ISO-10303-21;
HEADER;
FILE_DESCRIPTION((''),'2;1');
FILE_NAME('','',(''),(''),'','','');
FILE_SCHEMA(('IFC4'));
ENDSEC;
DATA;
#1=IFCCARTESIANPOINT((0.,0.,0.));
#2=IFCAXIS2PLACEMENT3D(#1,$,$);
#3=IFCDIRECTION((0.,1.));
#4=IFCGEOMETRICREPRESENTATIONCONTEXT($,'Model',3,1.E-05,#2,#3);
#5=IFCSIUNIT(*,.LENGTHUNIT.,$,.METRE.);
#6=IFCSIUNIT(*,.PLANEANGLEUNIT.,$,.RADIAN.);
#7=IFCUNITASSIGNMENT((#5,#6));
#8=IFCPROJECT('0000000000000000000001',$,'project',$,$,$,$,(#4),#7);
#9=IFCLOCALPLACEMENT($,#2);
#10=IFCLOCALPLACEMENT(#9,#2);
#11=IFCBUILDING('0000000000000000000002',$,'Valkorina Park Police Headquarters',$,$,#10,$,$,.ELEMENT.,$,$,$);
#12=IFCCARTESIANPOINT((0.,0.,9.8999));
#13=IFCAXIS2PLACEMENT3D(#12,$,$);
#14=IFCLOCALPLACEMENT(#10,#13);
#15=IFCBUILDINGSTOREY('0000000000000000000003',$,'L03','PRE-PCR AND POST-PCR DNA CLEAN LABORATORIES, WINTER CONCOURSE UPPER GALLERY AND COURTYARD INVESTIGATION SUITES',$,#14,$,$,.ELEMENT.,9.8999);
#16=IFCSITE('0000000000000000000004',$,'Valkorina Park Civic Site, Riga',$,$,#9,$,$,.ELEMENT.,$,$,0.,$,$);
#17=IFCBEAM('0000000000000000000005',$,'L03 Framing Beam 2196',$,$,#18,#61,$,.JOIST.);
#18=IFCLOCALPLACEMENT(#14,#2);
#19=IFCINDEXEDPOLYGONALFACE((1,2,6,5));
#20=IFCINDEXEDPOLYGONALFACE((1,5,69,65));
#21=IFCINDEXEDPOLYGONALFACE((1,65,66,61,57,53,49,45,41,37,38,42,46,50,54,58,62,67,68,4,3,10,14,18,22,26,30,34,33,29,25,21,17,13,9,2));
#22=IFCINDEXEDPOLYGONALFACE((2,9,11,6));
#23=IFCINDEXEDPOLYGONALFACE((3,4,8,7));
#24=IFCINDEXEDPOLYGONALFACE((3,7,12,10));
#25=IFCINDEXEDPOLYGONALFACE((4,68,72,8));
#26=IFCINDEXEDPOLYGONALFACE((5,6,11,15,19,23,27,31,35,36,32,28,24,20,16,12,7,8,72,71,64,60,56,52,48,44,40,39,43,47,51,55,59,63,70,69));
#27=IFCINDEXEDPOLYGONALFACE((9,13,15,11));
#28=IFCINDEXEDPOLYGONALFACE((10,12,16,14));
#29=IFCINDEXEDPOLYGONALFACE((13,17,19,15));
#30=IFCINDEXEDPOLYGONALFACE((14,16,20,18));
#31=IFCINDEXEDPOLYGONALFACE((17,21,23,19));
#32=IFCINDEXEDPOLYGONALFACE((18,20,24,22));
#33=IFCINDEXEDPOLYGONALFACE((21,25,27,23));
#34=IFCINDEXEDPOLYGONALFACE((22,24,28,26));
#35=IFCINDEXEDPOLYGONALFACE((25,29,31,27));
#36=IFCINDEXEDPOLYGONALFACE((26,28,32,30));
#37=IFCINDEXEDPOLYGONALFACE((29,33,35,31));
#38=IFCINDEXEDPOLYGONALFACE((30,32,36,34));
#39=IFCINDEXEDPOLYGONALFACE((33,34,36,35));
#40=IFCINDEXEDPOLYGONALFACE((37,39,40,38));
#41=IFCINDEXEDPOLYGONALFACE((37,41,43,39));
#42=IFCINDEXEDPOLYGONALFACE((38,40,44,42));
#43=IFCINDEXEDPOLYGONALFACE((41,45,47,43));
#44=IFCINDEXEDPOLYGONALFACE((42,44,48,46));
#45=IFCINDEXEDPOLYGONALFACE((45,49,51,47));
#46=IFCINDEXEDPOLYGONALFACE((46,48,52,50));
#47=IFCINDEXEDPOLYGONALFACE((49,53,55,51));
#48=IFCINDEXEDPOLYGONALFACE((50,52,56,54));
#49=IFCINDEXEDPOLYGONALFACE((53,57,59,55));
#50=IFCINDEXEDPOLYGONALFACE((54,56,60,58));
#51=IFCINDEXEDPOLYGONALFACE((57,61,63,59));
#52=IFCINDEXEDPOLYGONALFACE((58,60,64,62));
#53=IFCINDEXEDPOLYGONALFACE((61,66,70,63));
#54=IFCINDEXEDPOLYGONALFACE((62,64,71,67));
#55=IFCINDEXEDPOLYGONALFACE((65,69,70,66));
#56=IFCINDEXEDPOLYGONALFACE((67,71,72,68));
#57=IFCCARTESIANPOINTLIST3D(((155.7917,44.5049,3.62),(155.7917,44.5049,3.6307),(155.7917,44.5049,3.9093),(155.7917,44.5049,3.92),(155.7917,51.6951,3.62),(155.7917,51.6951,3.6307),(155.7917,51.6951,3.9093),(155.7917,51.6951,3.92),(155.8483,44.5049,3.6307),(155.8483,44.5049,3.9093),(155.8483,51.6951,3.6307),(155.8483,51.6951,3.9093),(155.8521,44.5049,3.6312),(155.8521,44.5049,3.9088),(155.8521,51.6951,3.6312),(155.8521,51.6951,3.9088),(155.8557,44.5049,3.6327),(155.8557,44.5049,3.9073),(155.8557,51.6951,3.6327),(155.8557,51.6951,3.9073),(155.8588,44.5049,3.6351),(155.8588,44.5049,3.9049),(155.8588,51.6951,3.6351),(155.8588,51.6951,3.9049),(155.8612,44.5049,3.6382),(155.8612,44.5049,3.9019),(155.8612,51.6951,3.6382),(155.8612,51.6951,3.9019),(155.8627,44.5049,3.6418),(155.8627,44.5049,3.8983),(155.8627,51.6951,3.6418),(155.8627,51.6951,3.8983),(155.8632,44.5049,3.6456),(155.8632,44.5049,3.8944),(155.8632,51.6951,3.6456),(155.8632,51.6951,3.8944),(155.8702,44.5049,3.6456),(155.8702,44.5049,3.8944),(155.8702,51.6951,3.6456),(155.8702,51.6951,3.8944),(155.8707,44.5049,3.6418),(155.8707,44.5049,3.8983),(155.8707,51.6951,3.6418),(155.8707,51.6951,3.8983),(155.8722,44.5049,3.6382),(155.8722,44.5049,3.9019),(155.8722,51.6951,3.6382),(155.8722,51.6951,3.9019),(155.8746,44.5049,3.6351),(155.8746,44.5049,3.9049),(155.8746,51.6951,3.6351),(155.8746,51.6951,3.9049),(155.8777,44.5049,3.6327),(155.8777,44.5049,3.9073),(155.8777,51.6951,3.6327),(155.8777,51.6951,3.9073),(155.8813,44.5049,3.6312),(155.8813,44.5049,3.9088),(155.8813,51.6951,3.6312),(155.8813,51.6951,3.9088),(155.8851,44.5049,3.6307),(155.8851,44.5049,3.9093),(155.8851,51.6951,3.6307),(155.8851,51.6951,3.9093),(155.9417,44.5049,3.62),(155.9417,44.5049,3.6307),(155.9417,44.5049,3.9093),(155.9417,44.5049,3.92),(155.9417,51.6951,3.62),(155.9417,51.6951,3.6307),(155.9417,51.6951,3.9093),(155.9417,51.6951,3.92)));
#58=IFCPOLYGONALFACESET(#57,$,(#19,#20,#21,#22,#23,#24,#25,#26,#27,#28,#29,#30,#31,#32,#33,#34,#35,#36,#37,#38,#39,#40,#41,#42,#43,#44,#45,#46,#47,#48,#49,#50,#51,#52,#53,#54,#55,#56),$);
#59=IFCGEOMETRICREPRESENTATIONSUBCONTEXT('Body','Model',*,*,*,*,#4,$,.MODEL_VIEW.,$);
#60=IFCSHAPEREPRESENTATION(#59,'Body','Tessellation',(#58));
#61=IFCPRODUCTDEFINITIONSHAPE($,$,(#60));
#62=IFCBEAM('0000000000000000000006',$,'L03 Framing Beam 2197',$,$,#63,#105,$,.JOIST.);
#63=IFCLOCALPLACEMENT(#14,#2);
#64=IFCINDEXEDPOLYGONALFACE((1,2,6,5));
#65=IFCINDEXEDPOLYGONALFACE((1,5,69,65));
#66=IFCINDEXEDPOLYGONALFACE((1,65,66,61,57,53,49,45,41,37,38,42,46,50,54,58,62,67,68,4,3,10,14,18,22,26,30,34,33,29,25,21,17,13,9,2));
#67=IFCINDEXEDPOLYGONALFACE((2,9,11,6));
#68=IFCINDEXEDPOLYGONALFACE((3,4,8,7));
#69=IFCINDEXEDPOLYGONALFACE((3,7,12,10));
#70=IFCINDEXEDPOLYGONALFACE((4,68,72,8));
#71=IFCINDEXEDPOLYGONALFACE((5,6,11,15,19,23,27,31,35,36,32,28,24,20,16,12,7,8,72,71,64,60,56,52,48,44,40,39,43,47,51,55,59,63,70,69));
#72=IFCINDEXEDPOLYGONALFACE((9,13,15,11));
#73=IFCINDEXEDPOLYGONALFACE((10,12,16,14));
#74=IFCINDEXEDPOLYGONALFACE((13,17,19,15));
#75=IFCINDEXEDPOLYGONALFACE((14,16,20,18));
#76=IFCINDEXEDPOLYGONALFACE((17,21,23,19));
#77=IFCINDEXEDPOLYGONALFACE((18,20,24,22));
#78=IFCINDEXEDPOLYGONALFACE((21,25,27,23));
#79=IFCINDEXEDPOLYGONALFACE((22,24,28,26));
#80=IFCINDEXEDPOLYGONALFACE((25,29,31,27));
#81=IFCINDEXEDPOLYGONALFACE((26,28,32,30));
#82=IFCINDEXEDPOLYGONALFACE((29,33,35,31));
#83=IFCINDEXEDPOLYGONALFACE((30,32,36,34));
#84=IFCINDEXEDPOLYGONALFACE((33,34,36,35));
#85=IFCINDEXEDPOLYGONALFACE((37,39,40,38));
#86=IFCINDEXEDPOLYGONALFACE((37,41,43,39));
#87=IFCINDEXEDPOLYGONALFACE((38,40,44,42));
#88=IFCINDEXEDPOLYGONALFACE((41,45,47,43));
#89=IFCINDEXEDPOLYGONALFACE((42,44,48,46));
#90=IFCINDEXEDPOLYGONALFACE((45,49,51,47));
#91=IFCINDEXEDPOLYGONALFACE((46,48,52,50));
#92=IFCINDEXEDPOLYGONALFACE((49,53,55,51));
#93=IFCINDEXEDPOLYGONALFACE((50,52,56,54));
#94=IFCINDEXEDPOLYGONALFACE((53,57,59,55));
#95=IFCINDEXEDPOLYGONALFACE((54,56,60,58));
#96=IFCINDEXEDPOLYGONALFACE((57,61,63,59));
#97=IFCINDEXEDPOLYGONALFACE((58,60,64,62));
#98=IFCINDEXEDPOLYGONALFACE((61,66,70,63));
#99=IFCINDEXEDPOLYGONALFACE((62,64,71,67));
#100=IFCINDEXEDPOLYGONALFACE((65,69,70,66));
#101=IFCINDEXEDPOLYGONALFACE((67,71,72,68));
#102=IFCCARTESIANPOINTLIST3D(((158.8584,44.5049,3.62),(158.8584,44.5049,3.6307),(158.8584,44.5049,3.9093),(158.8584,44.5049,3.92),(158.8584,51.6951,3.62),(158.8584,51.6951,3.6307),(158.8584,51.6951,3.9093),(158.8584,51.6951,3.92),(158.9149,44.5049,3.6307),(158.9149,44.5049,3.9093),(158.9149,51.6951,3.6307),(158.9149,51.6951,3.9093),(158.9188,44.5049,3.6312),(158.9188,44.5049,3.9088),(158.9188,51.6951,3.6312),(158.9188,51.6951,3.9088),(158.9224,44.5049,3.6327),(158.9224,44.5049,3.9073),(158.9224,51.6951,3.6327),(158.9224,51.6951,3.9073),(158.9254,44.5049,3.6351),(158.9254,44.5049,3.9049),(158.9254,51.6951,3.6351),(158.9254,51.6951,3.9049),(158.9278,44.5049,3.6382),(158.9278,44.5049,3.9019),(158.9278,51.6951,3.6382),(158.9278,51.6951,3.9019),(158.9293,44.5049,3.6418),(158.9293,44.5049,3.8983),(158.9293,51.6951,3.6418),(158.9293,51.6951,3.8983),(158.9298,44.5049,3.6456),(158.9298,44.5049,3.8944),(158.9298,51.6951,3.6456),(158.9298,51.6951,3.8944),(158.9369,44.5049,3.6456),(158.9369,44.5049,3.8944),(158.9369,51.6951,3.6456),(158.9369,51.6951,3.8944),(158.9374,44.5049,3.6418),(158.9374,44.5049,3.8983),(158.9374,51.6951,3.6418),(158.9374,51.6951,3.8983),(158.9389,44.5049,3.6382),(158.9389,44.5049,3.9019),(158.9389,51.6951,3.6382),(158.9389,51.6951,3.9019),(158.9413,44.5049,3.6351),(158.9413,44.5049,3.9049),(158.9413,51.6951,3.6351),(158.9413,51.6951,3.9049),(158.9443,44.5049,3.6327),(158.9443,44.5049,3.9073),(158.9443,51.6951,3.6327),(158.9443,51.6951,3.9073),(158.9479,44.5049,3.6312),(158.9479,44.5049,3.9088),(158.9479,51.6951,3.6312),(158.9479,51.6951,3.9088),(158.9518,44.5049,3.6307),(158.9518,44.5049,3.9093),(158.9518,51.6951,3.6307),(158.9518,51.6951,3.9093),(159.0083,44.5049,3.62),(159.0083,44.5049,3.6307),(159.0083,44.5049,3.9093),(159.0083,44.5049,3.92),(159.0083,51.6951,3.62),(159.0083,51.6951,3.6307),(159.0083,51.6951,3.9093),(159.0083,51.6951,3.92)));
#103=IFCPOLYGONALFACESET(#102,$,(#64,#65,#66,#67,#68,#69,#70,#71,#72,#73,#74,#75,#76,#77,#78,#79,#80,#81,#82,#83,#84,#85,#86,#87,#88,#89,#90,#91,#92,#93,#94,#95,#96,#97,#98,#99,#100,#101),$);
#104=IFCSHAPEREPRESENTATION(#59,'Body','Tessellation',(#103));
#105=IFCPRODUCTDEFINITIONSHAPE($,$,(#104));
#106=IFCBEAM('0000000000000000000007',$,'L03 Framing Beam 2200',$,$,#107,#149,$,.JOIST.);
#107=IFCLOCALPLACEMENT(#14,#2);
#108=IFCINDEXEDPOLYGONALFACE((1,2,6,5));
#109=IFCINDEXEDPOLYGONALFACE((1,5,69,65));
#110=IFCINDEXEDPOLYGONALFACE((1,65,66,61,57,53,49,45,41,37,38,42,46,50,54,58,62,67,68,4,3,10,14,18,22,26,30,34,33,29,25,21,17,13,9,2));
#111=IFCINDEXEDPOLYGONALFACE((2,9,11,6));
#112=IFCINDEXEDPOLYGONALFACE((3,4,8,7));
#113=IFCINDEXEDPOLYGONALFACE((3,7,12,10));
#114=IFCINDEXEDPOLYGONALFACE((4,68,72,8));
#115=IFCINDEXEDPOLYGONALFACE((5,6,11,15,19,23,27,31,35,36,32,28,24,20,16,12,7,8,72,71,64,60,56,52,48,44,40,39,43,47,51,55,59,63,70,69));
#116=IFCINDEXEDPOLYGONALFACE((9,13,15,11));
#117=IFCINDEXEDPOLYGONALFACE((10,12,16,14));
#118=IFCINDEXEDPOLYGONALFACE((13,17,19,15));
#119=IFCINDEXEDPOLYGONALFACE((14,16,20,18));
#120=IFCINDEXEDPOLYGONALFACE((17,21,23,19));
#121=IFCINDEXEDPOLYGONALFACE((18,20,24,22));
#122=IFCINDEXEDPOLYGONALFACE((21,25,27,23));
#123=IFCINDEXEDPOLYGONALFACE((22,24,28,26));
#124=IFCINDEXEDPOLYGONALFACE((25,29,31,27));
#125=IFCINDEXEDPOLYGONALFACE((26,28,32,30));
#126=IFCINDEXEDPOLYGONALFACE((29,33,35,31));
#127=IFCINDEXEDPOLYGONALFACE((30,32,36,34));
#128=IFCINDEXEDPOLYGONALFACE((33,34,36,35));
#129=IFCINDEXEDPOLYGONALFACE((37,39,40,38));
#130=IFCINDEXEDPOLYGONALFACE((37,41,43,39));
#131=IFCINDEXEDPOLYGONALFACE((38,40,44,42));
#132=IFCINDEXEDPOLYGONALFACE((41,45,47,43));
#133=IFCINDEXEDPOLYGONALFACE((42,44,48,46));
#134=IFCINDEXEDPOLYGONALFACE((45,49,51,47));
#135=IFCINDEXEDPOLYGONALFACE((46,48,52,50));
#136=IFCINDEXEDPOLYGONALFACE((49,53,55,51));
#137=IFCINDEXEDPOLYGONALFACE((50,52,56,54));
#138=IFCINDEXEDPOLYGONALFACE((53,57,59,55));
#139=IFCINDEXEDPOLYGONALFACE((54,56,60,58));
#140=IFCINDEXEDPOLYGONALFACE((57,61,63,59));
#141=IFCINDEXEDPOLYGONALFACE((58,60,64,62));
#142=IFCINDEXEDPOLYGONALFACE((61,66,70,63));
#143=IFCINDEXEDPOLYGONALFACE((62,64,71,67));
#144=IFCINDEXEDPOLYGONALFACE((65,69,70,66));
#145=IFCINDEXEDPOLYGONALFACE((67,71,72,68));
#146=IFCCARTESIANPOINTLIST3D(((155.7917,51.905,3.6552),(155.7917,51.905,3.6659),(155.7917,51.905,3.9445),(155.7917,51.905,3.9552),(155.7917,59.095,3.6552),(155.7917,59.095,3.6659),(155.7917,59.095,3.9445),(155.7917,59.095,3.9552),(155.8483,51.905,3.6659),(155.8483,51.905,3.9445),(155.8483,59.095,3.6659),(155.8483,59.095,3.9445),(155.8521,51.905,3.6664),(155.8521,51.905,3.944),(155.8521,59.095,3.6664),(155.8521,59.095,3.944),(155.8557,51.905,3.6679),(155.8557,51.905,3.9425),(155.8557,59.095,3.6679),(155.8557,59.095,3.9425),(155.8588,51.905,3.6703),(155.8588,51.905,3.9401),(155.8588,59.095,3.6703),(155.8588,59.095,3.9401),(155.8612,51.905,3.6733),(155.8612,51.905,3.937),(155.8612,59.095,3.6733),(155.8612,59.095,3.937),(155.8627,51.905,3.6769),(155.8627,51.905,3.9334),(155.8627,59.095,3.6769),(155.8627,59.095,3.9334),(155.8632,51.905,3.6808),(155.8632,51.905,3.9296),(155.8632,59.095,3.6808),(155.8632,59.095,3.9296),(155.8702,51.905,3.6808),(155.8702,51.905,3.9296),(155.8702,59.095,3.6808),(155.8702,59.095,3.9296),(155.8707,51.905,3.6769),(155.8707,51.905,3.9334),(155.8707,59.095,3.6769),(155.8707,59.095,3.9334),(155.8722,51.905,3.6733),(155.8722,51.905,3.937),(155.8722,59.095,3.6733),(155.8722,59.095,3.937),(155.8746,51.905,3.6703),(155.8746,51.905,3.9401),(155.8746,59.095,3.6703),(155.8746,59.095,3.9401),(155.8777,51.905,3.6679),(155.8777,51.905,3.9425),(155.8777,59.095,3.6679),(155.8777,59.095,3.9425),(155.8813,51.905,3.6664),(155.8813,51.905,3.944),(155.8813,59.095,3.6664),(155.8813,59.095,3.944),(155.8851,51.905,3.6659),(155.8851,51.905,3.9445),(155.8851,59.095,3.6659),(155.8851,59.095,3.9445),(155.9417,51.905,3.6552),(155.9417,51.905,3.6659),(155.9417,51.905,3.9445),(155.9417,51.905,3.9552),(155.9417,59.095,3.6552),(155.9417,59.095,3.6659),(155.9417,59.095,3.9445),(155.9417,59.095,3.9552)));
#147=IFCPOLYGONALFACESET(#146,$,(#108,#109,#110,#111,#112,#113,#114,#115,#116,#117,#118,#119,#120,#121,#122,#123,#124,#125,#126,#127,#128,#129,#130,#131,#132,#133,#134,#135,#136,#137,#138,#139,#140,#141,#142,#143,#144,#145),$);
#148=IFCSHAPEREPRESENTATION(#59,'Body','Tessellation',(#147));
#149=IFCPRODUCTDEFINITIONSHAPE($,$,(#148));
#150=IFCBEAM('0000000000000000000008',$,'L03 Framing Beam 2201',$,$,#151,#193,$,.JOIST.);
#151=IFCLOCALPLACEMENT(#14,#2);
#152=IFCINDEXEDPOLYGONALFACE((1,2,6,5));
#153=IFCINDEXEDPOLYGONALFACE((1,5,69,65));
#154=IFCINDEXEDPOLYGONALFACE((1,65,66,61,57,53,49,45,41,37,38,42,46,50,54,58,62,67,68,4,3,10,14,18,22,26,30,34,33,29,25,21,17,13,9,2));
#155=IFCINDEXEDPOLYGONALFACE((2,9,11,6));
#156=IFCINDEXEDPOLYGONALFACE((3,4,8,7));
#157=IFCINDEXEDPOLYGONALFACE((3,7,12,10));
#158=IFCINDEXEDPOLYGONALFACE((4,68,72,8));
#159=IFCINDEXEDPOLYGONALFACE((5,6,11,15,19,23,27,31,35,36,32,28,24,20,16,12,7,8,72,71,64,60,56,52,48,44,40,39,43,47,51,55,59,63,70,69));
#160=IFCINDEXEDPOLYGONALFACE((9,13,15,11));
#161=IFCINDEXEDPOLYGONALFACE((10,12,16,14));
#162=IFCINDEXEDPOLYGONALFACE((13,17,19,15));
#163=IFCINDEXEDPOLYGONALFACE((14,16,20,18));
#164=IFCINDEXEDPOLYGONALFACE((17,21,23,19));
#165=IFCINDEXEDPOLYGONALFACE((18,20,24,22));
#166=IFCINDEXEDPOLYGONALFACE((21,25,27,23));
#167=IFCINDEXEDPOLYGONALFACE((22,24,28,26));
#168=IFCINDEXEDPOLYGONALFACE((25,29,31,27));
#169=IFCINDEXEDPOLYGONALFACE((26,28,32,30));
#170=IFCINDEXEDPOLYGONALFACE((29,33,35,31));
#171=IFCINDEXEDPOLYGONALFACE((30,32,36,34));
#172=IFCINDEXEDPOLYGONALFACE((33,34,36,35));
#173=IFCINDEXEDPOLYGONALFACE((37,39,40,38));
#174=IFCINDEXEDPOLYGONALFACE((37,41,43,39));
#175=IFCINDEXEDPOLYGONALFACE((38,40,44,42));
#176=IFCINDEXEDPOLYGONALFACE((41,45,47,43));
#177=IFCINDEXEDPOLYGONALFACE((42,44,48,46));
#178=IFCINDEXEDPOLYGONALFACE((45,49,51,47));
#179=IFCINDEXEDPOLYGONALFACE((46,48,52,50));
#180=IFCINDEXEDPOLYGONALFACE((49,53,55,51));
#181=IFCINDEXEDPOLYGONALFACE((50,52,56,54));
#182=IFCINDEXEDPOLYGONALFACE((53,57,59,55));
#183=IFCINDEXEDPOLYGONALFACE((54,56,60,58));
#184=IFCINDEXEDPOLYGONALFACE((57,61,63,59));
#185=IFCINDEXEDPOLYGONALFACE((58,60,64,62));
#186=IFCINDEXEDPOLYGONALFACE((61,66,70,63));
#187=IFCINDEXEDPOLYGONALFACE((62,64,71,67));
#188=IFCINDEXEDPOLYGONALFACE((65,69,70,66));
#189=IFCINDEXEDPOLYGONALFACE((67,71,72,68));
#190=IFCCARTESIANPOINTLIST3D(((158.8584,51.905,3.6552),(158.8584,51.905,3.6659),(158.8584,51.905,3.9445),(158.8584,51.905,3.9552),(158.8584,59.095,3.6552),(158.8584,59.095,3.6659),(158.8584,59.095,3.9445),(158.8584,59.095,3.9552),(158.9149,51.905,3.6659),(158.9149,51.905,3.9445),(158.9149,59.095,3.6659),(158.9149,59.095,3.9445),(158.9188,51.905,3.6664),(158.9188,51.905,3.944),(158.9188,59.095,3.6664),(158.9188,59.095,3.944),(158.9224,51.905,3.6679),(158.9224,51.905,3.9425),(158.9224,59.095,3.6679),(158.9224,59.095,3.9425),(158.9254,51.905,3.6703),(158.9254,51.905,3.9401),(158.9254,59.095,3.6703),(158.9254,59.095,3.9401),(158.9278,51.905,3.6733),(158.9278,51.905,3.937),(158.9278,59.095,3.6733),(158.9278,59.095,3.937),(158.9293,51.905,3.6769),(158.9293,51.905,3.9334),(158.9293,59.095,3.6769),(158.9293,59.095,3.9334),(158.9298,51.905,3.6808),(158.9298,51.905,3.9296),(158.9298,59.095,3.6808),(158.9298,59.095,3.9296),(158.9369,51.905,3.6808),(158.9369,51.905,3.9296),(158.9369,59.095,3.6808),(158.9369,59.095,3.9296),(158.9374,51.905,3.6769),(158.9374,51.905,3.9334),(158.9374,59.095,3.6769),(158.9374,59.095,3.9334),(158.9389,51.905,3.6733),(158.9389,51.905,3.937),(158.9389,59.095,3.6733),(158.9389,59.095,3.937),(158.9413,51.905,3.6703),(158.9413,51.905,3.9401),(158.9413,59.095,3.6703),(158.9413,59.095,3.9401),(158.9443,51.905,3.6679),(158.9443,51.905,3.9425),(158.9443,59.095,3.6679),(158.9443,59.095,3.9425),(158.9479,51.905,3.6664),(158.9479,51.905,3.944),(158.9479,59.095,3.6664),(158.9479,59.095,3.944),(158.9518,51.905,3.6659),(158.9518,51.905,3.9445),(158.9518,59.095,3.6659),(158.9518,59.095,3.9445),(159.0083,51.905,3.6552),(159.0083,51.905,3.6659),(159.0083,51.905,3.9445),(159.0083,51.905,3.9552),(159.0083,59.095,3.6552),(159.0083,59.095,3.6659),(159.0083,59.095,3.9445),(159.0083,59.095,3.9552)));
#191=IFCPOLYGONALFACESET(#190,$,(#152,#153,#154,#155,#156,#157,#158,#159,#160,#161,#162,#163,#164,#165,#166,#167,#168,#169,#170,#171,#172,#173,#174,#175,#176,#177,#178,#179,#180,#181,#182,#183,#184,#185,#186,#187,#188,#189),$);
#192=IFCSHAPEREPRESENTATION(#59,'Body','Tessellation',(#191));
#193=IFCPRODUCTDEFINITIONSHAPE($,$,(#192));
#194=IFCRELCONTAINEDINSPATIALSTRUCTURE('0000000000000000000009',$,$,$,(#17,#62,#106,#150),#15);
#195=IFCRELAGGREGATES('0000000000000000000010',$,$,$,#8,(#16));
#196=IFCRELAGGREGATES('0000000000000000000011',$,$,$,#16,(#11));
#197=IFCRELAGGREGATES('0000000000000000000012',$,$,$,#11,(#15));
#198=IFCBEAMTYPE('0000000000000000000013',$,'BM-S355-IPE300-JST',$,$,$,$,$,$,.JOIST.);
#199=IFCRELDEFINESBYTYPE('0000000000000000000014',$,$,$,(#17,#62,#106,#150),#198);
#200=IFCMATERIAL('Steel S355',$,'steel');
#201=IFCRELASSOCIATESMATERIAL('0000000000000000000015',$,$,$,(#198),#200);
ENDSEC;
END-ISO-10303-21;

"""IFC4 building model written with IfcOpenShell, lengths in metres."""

from ifc_helpers import new_model, si_unit, direction, frame, origin, origin_2d, place, context, subcontext, project, spatial, i_section, extrude, material, material_profile, profile_set, type_object, element, save


model = new_model("IFC4")

# Units and contexts
model_context = context("Model", 3, precision=1e-05, world=origin(), true_north=direction((0.0, 1.0)))
body_context = subcontext(model_context, "Body", "Model", "MODEL_VIEW")
ifc_project = project(units=[si_unit("LENGTHUNIT", "METRE"), si_unit("PLANEANGLEUNIT", "RADIAN")], contexts=[model_context])

# Site, building, storey
site_placement = place(None, origin())
site = spatial("IfcSite", under=ifc_project, at=site_placement, Name="Valkorina Park Civic Site, Riga", CompositionType="ELEMENT", RefElevation=0.0)
building_placement = place(site_placement, origin())
building = spatial("IfcBuilding", under=site, at=building_placement, Name="Valkorina Park Police Headquarters", CompositionType="ELEMENT")
storey_placement = place(building_placement, frame((0.0, 0.0, 9.8999)))
storey = spatial("IfcBuildingStorey", under=building, at=storey_placement, Name="L03", Description="PRE-PCR AND POST-PCR DNA CLEAN LABORATORIES, WINTER CONCOURSE UPPER GALLERY AND COURTYARD INVESTIGATION SUITES", CompositionType="ELEMENT", Elevation=9.8999)

# Shared definitions
ifc_material_1 = material(Name="Steel S355", Category="steel")

# Beams
ifc_material_profile_1 = material_profile(ifc_material_1, i_section(OverallWidth=0.1499, OverallDepth=0.3, WebThickness=0.0071, FlangeThickness=0.0107, FilletRadius=0.0149, at=origin_2d()), Name="IPE 300")
ifc_profile_set_1 = profile_set([ifc_material_profile_1], Name="Steel S355")
beam_type_1 = type_object("IfcBeamType", Name="BM-S355-IPE300-JST", PredefinedType="JOIST", material=ifc_profile_set_1)
for number, where, z_axis, x_axis, name in (
    (1, (155.8667, 44.5049, 3.77), (0.0, 1.0, 0.0), (-1.0, 0.0, 0.0), "L03 Framing Beam 2196"),
    (2, (158.9333, 44.5049, 3.77), (0.0, 1.0, 0.0), (-1.0, 0.0, 0.0), "L03 Framing Beam 2197"),
):
    element("IfcBeam", number, at=place(storey_placement, frame(where, z_axis=z_axis, x_axis=x_axis)), inside=storey, type_object=beam_type_1, Name=name, PredefinedType="JOIST", context=body_context, shape_type="SweptSolid", body=[
        extrude(i_section(OverallWidth=0.1499, OverallDepth=0.3, WebThickness=0.0071, FlangeThickness=0.0107, FilletRadius=0.0149, at=origin_2d()), origin(), (0.0, 0.0, 1.0), 7.1902),
    ])
for number, where, z_axis, x_axis, name in (
    (3, (155.8667, 51.905, 3.8052), (0.0, 1.0, 0.0), (-1.0, 0.0, 0.0), "L03 Framing Beam 2200"),
    (4, (158.9333, 51.905, 3.8052), (0.0, 1.0, 0.0), (-1.0, 0.0, 0.0), "L03 Framing Beam 2201"),
):
    element("IfcBeam", number, at=place(storey_placement, frame(where, z_axis=z_axis, x_axis=x_axis)), inside=storey, type_object=beam_type_1, Name=name, PredefinedType="JOIST", context=body_context, shape_type="SweptSolid", body=[
        extrude(i_section(OverallWidth=0.1499, OverallDepth=0.3, WebThickness=0.0071, FlangeThickness=0.0107, FilletRadius=0.0149, at=origin_2d()), origin(), (0.0, 0.0, 1.0), 7.1899),
    ])

save(model, "model.ifc")
